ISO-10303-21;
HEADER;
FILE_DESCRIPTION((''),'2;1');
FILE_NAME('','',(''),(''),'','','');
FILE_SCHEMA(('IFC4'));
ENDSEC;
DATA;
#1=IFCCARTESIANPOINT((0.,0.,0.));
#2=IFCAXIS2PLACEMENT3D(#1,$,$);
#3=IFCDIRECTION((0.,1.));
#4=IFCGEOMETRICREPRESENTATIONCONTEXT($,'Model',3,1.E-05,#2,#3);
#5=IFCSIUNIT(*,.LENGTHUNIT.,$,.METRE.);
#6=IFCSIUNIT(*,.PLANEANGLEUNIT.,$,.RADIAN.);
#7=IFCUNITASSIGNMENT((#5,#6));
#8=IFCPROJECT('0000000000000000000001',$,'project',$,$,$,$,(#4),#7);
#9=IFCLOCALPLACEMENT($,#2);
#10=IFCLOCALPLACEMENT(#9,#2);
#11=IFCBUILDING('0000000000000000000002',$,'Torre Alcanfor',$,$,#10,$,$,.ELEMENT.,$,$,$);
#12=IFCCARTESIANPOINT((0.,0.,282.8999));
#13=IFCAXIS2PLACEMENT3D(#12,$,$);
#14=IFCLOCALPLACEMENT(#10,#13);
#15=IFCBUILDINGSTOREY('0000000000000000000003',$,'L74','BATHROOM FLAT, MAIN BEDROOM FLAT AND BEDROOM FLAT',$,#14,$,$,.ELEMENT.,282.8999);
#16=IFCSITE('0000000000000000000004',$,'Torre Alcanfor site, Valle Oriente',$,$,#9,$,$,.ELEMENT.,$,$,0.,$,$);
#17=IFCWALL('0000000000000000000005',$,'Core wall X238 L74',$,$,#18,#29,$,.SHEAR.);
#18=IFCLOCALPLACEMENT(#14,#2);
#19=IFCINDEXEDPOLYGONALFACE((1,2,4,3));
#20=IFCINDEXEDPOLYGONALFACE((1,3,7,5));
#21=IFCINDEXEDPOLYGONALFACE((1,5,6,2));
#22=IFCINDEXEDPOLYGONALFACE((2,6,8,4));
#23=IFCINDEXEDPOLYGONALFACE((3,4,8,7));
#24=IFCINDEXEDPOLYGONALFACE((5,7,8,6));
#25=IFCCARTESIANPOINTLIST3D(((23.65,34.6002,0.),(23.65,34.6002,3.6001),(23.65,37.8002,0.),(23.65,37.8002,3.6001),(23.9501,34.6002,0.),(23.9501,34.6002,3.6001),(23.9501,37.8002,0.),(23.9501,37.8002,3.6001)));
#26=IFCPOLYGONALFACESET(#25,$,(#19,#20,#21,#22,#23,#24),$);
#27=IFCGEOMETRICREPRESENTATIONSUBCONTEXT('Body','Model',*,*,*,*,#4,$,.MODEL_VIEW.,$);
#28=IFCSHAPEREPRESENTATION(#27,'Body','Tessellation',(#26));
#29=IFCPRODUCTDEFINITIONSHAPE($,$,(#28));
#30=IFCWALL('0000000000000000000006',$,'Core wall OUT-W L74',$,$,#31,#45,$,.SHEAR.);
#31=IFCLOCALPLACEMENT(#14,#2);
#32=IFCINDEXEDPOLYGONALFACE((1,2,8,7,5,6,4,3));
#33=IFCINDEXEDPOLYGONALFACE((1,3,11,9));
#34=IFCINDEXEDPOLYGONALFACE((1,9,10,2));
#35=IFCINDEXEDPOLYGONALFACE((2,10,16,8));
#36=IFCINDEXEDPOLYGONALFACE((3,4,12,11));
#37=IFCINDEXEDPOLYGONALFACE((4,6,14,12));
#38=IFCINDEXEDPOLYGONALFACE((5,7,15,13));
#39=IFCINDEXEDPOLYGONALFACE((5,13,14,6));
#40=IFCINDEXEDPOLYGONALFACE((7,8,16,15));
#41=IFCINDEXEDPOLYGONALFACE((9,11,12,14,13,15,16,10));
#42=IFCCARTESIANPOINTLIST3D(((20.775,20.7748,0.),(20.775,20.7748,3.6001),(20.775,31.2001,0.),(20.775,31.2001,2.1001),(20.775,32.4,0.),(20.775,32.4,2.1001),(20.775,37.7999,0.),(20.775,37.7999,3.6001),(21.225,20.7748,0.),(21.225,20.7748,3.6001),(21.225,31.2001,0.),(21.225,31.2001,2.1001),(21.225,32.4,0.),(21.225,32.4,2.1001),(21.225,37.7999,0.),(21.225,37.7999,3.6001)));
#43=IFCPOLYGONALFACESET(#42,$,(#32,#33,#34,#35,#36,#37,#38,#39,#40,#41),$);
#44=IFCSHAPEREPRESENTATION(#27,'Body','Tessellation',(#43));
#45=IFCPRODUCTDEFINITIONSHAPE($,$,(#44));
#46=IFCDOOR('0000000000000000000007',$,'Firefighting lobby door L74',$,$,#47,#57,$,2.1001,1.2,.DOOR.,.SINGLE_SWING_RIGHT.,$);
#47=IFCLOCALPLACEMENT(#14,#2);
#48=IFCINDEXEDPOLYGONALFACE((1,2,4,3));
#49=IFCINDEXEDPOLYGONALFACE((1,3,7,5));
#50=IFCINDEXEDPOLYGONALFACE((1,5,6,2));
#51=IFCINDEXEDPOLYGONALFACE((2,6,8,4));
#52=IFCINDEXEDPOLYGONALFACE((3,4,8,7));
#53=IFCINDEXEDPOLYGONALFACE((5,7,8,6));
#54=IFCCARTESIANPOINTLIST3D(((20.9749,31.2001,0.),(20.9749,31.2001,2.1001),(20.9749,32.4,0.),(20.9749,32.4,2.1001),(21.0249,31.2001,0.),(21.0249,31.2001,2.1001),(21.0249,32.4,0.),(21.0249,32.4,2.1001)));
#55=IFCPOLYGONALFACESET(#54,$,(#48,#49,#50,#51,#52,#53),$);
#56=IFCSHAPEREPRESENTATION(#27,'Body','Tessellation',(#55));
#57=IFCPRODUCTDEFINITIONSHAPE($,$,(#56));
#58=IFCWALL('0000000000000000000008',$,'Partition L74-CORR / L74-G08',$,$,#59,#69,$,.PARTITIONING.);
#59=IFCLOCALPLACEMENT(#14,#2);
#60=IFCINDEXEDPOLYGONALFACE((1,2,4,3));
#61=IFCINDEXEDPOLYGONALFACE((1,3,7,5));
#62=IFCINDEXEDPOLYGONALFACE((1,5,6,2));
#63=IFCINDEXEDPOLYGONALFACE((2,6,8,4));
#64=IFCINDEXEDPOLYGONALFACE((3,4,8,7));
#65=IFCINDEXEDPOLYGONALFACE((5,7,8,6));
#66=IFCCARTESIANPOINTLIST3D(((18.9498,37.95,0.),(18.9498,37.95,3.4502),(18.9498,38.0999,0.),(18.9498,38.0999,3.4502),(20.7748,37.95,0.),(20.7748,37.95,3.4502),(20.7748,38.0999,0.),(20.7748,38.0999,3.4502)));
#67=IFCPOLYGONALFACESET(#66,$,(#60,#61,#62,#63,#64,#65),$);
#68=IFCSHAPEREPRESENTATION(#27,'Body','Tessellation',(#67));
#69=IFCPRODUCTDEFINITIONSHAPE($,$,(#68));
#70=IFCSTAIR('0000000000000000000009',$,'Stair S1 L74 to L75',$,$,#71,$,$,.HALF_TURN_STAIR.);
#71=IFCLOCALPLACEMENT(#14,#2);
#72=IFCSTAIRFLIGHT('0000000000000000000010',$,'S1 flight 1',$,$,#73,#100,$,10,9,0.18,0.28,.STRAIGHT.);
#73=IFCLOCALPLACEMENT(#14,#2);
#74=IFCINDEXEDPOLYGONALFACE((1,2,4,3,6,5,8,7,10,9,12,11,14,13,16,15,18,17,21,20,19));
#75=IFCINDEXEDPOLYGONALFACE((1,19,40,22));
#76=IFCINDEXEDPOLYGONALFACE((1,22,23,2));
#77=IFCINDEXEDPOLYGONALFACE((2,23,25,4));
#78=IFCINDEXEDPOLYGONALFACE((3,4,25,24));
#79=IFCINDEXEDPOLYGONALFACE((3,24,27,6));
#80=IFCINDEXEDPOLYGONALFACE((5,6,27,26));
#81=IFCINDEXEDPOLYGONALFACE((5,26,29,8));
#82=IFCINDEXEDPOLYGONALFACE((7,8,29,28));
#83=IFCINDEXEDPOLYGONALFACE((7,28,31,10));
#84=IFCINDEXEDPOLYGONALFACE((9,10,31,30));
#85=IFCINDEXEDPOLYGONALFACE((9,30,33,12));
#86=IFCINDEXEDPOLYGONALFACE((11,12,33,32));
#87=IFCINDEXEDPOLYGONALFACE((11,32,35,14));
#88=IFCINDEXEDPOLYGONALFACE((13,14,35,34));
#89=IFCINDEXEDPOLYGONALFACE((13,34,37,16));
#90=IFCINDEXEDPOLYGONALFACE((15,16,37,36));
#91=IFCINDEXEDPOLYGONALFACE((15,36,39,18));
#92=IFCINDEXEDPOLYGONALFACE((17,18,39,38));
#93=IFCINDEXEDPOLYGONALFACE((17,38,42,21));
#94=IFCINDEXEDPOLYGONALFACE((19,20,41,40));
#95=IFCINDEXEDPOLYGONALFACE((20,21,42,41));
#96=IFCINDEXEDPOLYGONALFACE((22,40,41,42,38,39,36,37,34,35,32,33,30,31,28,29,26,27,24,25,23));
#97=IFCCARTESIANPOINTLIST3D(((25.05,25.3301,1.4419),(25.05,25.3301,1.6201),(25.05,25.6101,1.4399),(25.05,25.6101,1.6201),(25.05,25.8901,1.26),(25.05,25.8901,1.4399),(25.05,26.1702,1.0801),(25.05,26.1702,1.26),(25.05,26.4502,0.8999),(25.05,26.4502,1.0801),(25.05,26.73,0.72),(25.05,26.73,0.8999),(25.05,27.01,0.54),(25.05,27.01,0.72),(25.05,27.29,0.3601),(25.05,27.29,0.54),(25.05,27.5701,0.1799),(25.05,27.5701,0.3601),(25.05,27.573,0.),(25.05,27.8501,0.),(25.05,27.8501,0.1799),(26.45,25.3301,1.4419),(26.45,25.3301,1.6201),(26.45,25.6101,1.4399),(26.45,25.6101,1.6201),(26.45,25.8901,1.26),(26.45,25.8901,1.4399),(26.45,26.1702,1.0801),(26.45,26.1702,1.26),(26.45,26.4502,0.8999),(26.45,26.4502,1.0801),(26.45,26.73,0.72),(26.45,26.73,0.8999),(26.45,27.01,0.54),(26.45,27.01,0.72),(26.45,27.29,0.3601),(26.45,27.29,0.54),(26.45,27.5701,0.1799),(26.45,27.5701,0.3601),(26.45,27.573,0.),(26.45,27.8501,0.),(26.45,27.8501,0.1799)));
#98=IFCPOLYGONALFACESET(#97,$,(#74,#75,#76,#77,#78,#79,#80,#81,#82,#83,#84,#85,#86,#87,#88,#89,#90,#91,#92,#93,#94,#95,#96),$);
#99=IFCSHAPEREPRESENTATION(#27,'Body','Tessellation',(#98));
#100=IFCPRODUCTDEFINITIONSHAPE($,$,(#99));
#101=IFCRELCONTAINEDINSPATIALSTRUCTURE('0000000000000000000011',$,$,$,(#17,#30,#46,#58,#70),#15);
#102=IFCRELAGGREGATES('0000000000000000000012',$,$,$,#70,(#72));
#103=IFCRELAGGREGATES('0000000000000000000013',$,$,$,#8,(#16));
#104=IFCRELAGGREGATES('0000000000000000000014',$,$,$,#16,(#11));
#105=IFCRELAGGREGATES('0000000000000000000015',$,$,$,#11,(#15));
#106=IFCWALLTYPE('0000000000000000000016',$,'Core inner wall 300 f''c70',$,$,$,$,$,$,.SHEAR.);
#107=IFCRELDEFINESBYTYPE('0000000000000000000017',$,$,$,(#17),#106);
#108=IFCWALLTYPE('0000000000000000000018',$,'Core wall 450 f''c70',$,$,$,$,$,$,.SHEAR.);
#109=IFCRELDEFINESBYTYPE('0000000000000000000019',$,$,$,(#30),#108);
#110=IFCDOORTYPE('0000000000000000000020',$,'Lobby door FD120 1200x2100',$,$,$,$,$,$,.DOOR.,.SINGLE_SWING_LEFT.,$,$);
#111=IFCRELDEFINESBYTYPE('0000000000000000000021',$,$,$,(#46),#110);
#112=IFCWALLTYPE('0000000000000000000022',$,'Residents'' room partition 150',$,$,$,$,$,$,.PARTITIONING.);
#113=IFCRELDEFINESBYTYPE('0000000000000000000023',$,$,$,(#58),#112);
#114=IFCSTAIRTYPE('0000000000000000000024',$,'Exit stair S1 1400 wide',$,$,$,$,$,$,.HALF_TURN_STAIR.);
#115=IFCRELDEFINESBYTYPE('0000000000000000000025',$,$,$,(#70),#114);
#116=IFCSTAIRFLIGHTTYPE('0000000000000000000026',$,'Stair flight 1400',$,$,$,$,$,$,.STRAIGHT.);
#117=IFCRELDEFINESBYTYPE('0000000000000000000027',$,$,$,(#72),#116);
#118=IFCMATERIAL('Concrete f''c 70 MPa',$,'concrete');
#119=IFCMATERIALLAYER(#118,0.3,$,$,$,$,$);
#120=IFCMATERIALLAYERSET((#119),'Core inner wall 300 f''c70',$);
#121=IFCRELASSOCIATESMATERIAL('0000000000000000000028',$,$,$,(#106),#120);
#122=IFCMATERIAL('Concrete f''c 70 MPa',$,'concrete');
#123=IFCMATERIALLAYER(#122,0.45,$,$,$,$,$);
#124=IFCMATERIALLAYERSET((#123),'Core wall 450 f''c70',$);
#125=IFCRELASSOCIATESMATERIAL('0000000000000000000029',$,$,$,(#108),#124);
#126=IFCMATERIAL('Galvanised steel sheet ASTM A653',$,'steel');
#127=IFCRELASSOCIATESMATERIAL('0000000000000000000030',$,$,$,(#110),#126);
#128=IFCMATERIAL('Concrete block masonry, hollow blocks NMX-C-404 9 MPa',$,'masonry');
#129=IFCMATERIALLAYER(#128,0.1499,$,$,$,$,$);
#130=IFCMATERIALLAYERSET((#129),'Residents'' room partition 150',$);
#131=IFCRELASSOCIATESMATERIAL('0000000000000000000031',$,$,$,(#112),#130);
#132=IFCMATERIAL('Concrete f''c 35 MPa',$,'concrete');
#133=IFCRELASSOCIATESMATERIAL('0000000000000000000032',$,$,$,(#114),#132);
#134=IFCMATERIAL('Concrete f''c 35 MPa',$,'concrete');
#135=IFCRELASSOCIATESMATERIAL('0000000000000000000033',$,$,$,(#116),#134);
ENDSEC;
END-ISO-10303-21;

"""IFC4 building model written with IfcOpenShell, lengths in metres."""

from ifc_helpers import new_model, si_unit, direction, frame, frame_2d, origin, place, context, subcontext, project, spatial, polyline, rectangle, outline, extrude, material, layer, layer_set, type_object, element, fill, aggregate, save


model = new_model("IFC4")

# Units and contexts
model_context = context("Model", 3, precision=1e-05, world=origin(), true_north=direction((0.0, 1.0)))
body_context = subcontext(model_context, "Body", "Model", "MODEL_VIEW")
ifc_project = project(units=[si_unit("LENGTHUNIT", "METRE"), si_unit("PLANEANGLEUNIT", "RADIAN")], contexts=[model_context])

# Site, building, storey
site_placement = place(None, origin())
site = spatial("IfcSite", under=ifc_project, at=site_placement, Name="Torre Alcanfor site, Valle Oriente", CompositionType="ELEMENT", RefElevation=0.0)
building_placement = place(site_placement, origin())
building = spatial("IfcBuilding", under=site, at=building_placement, Name="Torre Alcanfor", CompositionType="ELEMENT")
storey_placement = place(building_placement, frame((0.0, 0.0, 282.8999)))
storey = spatial("IfcBuildingStorey", under=building, at=storey_placement, Name="L74", Description="BATHROOM FLAT, MAIN BEDROOM FLAT AND BEDROOM FLAT", CompositionType="ELEMENT", Elevation=282.8999)

# Shared definitions
ifc_material_1 = material(Name="Concrete f'c 70 MPa", Category="concrete")
ifc_layer_1 = layer(ifc_material_1, 0.3)
ifc_layer_set_1 = layer_set([ifc_layer_1], Name="Core inner wall 300 f'c70")
wall_type_1 = type_object("IfcWallType", Name="Core inner wall 300 f'c70", PredefinedType="SHEAR", material=ifc_layer_set_1)

# Wall
wall_1_placement = place(storey_placement, frame((23.8, 34.6001, 0.0), z_axis=(0.0, 0.0, 1.0), x_axis=(0.0, 1.0, 0.0)))
element("IfcWall", 1, at=wall_1_placement, inside=storey, type_object=wall_type_1, Name="Core wall X238 L74", PredefinedType="SHEAR", context=body_context, shape_type="SweptSolid", body=[
    extrude(rectangle(XDim=3.2, YDim=0.3, at=frame_2d((1.6001, 0.0))), origin(), (0.0, 0.0, 1.0), 3.6001),
])

# Wall, opening, door
ifc_material_2 = material(Name="Concrete f'c 70 MPa", Category="concrete")
ifc_layer_2 = layer(ifc_material_2, 0.45)
ifc_layer_set_2 = layer_set([ifc_layer_2], Name="Core wall 450 f'c70")
wall_type_2 = type_object("IfcWallType", Name="Core wall 450 f'c70", PredefinedType="SHEAR", material=ifc_layer_set_2)
wall_2_placement = place(storey_placement, frame((21.0, 37.8, 0.0), z_axis=(0.0, 0.0, 1.0), x_axis=(0.0, -1.0, 0.0)))
wall_2 = element("IfcWall", 2, at=wall_2_placement, inside=storey, type_object=wall_type_2, Name="Core wall OUT-W L74", PredefinedType="SHEAR", context=body_context, shape_type="SweptSolid", body=[
    extrude(rectangle(XDim=17.0251, YDim=0.45, at=frame_2d((8.5127, 0.0))), origin(), (0.0, 0.0, 1.0), 3.6001),
])
opening_1_placement = place(wall_2_placement, frame((5.3999, 0.0, 0.0)))
opening_1 = element("IfcOpeningElement", 3, at=opening_1_placement, cuts=wall_2, PredefinedType="OPENING", context=body_context, shape_type="SweptSolid", body=[
    extrude(rectangle(XDim=1.2, YDim=2.1001, at=frame_2d((0.6001, 1.05))), frame((0.0, 0.2349, 0.0), z_axis=(0.0, -1.0, 0.0), x_axis=(1.0, 0.0, 0.0)), (0.0, 0.0, 1.0), 0.47),
])
ifc_material_3 = material(Name="Galvanised steel sheet ASTM A653", Category="steel")
door_type_1 = type_object("IfcDoorType", Name="Lobby door FD120 1200x2100", OperationType="SINGLE_SWING_LEFT", PredefinedType="DOOR", material=ifc_material_3)
door_1_placement = place(opening_1_placement, origin())
door_1 = element("IfcDoor", 4, at=door_1_placement, inside=storey, type_object=door_type_1, Name="Firefighting lobby door L74", OperationType="SINGLE_SWING_RIGHT", OverallHeight=2.1001, OverallWidth=1.2, PredefinedType="DOOR", context=body_context, shape_type="SweptSolid", body=[
    extrude(rectangle(XDim=1.2, YDim=2.1001, at=frame_2d((0.6001, 1.05))), frame((0.0, 0.0249, 0.0), z_axis=(0.0, -1.0, 0.0), x_axis=(1.0, 0.0, 0.0)), (0.0, 0.0, 1.0), 0.05),
])
fill(opening_1, door_1)

# Wall
ifc_material_4 = material(Name="Concrete block masonry, hollow blocks NMX-C-404 9 MPa", Category="masonry")
ifc_layer_3 = layer(ifc_material_4, 0.1499)
ifc_layer_set_3 = layer_set([ifc_layer_3], Name="Residents' room partition 150")
wall_type_3 = type_object("IfcWallType", Name="Residents' room partition 150", PredefinedType="PARTITIONING", material=ifc_layer_set_3)
wall_3_placement = place(storey_placement, frame((20.7749, 38.0249, 0.0), z_axis=(0.0, 0.0, 1.0), x_axis=(-1.0, 0.0, 0.0)))
element("IfcWall", 5, at=wall_3_placement, inside=storey, type_object=wall_type_3, Name="Partition L74-CORR / L74-G08", PredefinedType="PARTITIONING", context=body_context, shape_type="SweptSolid", body=[
    extrude(rectangle(XDim=1.825, YDim=0.1499, at=frame_2d((0.9126, 0.0))), origin(), (0.0, 0.0, 1.0), 3.4502),
])

# Stair, stair flight
ifc_material_5 = material(Name="Concrete f'c 35 MPa", Category="concrete")
stair_type = type_object("IfcStairType", Name="Exit stair S1 1400 wide", PredefinedType="HALF_TURN_STAIR", material=ifc_material_5)
stair_placement = place(storey_placement, origin())
stair = element("IfcStair", 6, at=stair_placement, inside=storey, type_object=stair_type, Name="Stair S1 L74 to L75", PredefinedType="HALF_TURN_STAIR")
ifc_material_6 = material(Name="Concrete f'c 35 MPa", Category="concrete")
stair_flight_type = type_object("IfcStairFlightType", Name="Stair flight 1400", PredefinedType="STRAIGHT", material=ifc_material_6)
stair_flight_placement = place(storey_placement, frame((25.75, 27.8501, 0.0), z_axis=(0.0, 0.0, 1.0), x_axis=(0.0, -1.0, 0.0)))
stair_flight = element("IfcStairFlight", 7, at=stair_flight_placement, type_object=stair_flight_type, Name="S1 flight 1", NumberOfRisers=10, NumberOfTreads=9, PredefinedType="STRAIGHT", RiserHeight=0.18, TreadLength=0.28, context=body_context, shape_type="SweptSolid", body=[
    extrude(outline(polyline([(0.0, 0.0), (0.0, 0.1799), (0.28, 0.1799), (0.28, 0.3601), (0.5601, 0.3601), (0.5601, 0.54), (0.8401, 0.54), (0.8401, 0.72), (1.1201, 0.72), (1.1201, 0.8999), (1.3999, 0.8999), (1.3999, 1.0801), (1.6799, 1.0801), (1.6799, 1.26), (1.96, 1.26), (1.96, 1.4399), (2.24, 1.4399), (2.24, 1.6201), (2.52, 1.6201), (2.52, 1.8), (2.52, 1.4419), (0.2771, 0.0), (0.0, 0.0)])), frame((0.0, 0.7, 0.0), z_axis=(0.0, -1.0, 0.0), x_axis=(1.0, 0.0, 0.0)), (0.0, 0.0, 1.0), 1.3999),
])
aggregate(stair, [stair_flight])

save(model, "model.ifc")
